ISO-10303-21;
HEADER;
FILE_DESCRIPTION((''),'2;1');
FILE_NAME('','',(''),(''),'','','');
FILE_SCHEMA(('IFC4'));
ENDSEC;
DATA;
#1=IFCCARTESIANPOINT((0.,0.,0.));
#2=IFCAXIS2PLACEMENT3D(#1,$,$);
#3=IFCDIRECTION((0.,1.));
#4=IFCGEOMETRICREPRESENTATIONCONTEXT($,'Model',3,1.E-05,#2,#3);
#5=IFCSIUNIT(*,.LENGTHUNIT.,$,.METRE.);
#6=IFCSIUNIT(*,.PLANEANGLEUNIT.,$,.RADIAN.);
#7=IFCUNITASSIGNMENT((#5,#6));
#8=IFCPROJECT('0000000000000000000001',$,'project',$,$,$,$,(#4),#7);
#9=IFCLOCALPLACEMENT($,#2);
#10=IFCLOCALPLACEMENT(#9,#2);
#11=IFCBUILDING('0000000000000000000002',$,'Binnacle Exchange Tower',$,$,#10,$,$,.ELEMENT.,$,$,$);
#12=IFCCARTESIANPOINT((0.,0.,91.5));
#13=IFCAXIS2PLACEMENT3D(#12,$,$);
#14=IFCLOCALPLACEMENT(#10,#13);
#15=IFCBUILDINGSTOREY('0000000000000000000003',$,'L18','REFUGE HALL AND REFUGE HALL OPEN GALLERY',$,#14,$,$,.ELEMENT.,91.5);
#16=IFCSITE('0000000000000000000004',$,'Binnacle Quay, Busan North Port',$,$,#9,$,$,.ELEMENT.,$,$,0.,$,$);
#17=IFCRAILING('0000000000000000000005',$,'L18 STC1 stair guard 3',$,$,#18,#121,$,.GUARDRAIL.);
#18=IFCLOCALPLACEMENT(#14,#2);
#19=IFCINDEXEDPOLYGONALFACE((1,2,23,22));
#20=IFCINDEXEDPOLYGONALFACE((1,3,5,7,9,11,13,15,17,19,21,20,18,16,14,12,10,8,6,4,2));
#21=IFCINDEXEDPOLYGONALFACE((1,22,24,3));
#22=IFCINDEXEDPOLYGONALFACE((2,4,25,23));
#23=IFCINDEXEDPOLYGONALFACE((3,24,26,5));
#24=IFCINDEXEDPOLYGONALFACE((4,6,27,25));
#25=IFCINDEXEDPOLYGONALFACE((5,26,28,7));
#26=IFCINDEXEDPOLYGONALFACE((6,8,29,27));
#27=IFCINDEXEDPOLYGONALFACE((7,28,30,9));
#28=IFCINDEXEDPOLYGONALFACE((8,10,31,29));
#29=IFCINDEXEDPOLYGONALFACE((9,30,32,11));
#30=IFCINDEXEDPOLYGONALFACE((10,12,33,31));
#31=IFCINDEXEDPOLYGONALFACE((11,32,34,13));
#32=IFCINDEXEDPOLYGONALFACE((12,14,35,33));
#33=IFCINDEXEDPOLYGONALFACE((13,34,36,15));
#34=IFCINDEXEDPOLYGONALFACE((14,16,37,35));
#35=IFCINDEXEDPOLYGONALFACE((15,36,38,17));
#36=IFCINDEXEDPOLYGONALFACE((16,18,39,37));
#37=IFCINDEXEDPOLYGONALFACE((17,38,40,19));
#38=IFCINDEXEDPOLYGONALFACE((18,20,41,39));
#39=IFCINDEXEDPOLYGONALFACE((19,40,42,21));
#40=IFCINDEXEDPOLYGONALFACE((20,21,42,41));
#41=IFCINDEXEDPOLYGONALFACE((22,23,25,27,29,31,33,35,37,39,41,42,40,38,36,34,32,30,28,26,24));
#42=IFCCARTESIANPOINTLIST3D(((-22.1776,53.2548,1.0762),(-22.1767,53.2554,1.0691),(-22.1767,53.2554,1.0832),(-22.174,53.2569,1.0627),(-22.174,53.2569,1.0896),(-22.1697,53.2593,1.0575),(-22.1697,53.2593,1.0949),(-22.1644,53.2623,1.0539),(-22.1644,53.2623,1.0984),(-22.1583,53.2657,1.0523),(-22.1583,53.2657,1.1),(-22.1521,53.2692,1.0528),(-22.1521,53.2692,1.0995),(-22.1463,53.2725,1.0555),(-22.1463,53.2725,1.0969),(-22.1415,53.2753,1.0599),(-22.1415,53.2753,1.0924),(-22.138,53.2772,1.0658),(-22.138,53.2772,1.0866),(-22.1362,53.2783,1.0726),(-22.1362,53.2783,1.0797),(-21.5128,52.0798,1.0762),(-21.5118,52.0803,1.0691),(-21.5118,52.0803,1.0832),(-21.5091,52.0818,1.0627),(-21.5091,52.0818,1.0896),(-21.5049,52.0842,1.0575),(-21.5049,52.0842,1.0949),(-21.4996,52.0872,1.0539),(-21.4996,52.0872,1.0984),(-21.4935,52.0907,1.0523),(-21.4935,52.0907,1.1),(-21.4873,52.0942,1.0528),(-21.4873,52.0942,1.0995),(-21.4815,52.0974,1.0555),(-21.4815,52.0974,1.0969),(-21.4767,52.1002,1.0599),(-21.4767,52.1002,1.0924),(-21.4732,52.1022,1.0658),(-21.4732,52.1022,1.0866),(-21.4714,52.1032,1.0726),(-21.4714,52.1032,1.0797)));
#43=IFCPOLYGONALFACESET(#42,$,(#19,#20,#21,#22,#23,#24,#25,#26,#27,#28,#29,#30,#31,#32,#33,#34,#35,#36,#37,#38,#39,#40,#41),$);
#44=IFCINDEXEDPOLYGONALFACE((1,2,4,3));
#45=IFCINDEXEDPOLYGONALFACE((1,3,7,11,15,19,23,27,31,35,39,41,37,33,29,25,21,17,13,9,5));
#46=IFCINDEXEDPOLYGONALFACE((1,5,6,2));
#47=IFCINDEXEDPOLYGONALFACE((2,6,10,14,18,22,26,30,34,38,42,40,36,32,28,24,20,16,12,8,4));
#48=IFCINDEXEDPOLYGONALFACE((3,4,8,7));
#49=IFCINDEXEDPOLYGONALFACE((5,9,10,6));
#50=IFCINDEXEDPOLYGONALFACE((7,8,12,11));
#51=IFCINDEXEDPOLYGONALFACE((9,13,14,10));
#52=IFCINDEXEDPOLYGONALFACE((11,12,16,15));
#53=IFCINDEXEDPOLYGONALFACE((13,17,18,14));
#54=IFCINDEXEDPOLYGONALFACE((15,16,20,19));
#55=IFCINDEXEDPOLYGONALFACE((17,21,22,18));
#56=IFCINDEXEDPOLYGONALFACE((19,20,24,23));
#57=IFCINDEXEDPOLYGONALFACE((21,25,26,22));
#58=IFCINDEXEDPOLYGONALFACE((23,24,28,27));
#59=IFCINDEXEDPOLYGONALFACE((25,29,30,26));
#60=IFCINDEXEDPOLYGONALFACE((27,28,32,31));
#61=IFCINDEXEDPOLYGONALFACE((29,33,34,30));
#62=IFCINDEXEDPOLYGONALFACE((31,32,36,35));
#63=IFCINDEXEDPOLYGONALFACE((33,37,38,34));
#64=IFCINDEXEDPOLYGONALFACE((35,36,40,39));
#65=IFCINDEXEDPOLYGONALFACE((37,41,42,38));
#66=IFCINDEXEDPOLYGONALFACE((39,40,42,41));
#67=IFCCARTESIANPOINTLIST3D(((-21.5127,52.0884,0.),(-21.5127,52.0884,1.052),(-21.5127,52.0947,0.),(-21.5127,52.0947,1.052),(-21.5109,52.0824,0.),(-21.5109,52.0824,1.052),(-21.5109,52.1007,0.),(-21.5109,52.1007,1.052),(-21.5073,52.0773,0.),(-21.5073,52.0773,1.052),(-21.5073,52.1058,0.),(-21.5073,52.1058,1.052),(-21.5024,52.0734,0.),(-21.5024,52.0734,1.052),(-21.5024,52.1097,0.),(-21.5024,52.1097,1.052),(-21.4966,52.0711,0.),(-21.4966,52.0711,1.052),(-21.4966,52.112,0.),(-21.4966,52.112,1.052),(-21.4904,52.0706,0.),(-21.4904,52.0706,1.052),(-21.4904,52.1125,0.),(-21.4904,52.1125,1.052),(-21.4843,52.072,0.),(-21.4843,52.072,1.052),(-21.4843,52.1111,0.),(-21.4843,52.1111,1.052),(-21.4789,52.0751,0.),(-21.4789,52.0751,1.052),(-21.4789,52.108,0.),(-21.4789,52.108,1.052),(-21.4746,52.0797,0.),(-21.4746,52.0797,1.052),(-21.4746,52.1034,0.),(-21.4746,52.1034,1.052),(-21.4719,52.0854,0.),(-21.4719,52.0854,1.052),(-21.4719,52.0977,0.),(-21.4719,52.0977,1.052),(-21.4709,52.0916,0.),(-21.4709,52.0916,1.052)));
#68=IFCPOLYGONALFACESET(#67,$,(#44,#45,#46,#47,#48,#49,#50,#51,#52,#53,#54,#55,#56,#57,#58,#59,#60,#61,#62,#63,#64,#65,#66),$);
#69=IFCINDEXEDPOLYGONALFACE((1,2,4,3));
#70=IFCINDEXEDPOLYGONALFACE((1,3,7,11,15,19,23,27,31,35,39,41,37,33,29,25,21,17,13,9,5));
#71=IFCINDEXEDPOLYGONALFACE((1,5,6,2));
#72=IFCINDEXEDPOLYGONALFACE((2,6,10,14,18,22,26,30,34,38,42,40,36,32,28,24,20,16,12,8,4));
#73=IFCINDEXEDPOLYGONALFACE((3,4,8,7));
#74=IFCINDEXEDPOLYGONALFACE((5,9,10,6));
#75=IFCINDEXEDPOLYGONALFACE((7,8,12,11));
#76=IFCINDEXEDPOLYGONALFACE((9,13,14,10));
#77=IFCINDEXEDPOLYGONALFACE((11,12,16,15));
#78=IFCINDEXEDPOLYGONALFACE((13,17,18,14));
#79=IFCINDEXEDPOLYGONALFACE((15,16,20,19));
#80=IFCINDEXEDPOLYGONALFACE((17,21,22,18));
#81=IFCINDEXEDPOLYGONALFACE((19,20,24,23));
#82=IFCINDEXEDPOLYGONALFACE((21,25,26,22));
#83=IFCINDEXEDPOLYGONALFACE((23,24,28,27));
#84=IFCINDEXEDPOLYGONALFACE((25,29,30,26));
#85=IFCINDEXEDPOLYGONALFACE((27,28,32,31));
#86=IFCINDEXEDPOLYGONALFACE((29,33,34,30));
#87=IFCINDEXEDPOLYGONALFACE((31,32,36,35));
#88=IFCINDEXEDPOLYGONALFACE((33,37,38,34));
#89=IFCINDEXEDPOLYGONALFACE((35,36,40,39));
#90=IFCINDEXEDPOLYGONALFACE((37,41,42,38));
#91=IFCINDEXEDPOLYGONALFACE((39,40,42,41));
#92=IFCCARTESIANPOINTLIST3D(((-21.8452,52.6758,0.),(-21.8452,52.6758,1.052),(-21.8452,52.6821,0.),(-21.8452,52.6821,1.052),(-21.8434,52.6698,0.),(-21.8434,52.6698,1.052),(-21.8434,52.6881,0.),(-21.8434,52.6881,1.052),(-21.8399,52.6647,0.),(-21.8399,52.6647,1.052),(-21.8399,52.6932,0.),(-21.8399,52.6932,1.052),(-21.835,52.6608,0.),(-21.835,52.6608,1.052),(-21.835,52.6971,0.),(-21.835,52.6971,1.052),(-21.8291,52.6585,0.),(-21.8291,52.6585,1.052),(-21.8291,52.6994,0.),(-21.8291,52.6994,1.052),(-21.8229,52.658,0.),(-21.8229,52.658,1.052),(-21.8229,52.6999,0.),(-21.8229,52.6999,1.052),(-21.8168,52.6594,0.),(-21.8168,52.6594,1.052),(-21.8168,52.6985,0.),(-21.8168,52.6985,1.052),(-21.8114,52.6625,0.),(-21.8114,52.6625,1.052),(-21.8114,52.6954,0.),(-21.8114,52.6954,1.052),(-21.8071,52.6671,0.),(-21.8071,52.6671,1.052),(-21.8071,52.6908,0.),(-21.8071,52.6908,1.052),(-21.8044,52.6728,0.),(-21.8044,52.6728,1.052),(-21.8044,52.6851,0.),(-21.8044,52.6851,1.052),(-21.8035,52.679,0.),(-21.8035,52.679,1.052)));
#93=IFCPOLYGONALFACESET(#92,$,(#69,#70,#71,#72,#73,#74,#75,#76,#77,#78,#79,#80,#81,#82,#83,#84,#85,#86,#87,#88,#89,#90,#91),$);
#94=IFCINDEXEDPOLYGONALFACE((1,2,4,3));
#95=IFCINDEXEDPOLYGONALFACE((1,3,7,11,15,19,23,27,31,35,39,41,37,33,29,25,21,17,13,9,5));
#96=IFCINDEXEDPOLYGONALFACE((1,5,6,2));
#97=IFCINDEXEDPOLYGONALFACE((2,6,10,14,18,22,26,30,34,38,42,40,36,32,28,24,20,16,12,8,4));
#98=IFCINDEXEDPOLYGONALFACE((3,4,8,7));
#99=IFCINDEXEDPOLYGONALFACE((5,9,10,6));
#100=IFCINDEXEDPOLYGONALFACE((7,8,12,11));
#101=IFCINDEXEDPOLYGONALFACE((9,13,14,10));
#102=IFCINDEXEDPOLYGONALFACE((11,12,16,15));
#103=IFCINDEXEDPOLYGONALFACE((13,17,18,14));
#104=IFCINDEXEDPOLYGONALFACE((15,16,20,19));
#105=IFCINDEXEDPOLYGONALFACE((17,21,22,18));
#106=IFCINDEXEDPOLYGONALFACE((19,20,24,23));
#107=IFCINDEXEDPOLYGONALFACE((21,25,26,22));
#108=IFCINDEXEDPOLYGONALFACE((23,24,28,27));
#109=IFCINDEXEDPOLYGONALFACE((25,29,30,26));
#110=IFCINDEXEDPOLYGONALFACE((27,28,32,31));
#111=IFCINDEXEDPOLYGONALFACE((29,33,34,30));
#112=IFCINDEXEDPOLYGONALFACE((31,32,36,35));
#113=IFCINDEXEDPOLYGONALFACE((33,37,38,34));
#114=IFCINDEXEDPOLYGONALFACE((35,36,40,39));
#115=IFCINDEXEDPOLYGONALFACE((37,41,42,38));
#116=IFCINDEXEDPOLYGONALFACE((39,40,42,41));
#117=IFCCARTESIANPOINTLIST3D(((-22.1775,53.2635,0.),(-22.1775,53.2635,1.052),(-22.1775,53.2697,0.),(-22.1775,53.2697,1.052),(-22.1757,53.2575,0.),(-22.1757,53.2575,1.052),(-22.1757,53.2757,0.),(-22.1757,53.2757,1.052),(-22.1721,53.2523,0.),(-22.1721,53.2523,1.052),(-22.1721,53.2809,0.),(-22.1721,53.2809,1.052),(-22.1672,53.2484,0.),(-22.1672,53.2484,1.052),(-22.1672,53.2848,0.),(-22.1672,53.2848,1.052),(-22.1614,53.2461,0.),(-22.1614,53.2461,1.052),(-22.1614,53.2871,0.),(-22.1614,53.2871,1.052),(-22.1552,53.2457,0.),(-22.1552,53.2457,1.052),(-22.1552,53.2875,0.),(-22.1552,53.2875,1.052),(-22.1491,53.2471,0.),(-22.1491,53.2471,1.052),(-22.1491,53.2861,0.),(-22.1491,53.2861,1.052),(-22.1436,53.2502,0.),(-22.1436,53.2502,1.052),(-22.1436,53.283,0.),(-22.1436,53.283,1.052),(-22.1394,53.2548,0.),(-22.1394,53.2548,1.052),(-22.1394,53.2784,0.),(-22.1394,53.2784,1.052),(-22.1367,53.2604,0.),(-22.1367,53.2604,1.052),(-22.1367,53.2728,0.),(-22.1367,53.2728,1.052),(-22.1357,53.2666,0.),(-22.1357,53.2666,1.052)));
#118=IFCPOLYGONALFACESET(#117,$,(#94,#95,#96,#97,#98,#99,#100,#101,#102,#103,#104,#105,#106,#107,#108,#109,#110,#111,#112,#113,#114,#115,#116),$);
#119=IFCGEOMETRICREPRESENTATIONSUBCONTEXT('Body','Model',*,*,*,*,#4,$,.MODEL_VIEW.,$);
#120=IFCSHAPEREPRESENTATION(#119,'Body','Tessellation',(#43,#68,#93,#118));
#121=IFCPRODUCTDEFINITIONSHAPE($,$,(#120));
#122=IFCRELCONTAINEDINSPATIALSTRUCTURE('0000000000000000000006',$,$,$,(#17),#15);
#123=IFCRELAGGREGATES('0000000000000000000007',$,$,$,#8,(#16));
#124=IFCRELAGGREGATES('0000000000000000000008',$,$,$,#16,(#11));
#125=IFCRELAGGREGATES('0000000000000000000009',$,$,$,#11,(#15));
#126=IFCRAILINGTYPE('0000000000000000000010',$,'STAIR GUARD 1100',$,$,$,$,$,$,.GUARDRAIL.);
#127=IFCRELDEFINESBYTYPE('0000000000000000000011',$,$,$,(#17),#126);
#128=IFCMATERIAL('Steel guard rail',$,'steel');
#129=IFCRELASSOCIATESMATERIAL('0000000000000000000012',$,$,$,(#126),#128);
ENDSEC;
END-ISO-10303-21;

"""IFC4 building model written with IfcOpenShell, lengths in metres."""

from ifc_helpers import new_model, si_unit, direction, frame, origin, origin_2d, place, context, subcontext, project, spatial, circle, extrude, material, type_object, element, save


model = new_model("IFC4")

# Units and contexts
model_context = context("Model", 3, precision=1e-05, world=origin(), true_north=direction((0.0, 1.0)))
body_context = subcontext(model_context, "Body", "Model", "MODEL_VIEW")
ifc_project = project(units=[si_unit("LENGTHUNIT", "METRE"), si_unit("PLANEANGLEUNIT", "RADIAN")], contexts=[model_context])

# Site, building, storey
site_placement = place(None, origin())
site = spatial("IfcSite", under=ifc_project, at=site_placement, Name="Binnacle Quay, Busan North Port", CompositionType="ELEMENT", RefElevation=0.0)
building_placement = place(site_placement, origin())
building = spatial("IfcBuilding", under=site, at=building_placement, Name="Binnacle Exchange Tower", CompositionType="ELEMENT")
storey_placement = place(building_placement, frame((0.0, 0.0, 91.5)))
storey = spatial("IfcBuildingStorey", under=building, at=storey_placement, Name="L18", Description="REFUGE HALL AND REFUGE HALL OPEN GALLERY", CompositionType="ELEMENT", Elevation=91.5)

# Railing
ifc_material_1 = material(Name="Steel guard rail", Category="steel")
railing_type_1 = type_object("IfcRailingType", Name="STAIR GUARD 1100", PredefinedType="GUARDRAIL", material=ifc_material_1)
railing_1_placement = place(storey_placement, frame((-21.4919, 52.0916, 0.0)))
element("IfcRailing", 1, at=railing_1_placement, inside=storey, type_object=railing_type_1, Name="L18 STC1 stair guard 3", PredefinedType="GUARDRAIL", context=body_context, shape_type="SweptSolid", body=[
    extrude(circle(Radius=0.0239, at=origin_2d()), frame((0.0, 0.0, 1.0762), z_axis=(-0.492415, 0.870361, 0.0), x_axis=(-0.870361, -0.492415, 0.0)), (0.0, 0.0, 1.0), 1.3501),
    extrude(circle(Radius=0.021, at=origin_2d()), origin(), (0.0, 0.0, 1.0), 1.052),
    extrude(circle(Radius=0.021, at=origin_2d()), frame((-0.3325, 0.5874, 0.0)), (0.0, 0.0, 1.0), 1.052),
    extrude(circle(Radius=0.021, at=origin_2d()), frame((-0.6648, 1.175, 0.0)), (0.0, 0.0, 1.0), 1.052),
])

save(model, "model.ifc")
